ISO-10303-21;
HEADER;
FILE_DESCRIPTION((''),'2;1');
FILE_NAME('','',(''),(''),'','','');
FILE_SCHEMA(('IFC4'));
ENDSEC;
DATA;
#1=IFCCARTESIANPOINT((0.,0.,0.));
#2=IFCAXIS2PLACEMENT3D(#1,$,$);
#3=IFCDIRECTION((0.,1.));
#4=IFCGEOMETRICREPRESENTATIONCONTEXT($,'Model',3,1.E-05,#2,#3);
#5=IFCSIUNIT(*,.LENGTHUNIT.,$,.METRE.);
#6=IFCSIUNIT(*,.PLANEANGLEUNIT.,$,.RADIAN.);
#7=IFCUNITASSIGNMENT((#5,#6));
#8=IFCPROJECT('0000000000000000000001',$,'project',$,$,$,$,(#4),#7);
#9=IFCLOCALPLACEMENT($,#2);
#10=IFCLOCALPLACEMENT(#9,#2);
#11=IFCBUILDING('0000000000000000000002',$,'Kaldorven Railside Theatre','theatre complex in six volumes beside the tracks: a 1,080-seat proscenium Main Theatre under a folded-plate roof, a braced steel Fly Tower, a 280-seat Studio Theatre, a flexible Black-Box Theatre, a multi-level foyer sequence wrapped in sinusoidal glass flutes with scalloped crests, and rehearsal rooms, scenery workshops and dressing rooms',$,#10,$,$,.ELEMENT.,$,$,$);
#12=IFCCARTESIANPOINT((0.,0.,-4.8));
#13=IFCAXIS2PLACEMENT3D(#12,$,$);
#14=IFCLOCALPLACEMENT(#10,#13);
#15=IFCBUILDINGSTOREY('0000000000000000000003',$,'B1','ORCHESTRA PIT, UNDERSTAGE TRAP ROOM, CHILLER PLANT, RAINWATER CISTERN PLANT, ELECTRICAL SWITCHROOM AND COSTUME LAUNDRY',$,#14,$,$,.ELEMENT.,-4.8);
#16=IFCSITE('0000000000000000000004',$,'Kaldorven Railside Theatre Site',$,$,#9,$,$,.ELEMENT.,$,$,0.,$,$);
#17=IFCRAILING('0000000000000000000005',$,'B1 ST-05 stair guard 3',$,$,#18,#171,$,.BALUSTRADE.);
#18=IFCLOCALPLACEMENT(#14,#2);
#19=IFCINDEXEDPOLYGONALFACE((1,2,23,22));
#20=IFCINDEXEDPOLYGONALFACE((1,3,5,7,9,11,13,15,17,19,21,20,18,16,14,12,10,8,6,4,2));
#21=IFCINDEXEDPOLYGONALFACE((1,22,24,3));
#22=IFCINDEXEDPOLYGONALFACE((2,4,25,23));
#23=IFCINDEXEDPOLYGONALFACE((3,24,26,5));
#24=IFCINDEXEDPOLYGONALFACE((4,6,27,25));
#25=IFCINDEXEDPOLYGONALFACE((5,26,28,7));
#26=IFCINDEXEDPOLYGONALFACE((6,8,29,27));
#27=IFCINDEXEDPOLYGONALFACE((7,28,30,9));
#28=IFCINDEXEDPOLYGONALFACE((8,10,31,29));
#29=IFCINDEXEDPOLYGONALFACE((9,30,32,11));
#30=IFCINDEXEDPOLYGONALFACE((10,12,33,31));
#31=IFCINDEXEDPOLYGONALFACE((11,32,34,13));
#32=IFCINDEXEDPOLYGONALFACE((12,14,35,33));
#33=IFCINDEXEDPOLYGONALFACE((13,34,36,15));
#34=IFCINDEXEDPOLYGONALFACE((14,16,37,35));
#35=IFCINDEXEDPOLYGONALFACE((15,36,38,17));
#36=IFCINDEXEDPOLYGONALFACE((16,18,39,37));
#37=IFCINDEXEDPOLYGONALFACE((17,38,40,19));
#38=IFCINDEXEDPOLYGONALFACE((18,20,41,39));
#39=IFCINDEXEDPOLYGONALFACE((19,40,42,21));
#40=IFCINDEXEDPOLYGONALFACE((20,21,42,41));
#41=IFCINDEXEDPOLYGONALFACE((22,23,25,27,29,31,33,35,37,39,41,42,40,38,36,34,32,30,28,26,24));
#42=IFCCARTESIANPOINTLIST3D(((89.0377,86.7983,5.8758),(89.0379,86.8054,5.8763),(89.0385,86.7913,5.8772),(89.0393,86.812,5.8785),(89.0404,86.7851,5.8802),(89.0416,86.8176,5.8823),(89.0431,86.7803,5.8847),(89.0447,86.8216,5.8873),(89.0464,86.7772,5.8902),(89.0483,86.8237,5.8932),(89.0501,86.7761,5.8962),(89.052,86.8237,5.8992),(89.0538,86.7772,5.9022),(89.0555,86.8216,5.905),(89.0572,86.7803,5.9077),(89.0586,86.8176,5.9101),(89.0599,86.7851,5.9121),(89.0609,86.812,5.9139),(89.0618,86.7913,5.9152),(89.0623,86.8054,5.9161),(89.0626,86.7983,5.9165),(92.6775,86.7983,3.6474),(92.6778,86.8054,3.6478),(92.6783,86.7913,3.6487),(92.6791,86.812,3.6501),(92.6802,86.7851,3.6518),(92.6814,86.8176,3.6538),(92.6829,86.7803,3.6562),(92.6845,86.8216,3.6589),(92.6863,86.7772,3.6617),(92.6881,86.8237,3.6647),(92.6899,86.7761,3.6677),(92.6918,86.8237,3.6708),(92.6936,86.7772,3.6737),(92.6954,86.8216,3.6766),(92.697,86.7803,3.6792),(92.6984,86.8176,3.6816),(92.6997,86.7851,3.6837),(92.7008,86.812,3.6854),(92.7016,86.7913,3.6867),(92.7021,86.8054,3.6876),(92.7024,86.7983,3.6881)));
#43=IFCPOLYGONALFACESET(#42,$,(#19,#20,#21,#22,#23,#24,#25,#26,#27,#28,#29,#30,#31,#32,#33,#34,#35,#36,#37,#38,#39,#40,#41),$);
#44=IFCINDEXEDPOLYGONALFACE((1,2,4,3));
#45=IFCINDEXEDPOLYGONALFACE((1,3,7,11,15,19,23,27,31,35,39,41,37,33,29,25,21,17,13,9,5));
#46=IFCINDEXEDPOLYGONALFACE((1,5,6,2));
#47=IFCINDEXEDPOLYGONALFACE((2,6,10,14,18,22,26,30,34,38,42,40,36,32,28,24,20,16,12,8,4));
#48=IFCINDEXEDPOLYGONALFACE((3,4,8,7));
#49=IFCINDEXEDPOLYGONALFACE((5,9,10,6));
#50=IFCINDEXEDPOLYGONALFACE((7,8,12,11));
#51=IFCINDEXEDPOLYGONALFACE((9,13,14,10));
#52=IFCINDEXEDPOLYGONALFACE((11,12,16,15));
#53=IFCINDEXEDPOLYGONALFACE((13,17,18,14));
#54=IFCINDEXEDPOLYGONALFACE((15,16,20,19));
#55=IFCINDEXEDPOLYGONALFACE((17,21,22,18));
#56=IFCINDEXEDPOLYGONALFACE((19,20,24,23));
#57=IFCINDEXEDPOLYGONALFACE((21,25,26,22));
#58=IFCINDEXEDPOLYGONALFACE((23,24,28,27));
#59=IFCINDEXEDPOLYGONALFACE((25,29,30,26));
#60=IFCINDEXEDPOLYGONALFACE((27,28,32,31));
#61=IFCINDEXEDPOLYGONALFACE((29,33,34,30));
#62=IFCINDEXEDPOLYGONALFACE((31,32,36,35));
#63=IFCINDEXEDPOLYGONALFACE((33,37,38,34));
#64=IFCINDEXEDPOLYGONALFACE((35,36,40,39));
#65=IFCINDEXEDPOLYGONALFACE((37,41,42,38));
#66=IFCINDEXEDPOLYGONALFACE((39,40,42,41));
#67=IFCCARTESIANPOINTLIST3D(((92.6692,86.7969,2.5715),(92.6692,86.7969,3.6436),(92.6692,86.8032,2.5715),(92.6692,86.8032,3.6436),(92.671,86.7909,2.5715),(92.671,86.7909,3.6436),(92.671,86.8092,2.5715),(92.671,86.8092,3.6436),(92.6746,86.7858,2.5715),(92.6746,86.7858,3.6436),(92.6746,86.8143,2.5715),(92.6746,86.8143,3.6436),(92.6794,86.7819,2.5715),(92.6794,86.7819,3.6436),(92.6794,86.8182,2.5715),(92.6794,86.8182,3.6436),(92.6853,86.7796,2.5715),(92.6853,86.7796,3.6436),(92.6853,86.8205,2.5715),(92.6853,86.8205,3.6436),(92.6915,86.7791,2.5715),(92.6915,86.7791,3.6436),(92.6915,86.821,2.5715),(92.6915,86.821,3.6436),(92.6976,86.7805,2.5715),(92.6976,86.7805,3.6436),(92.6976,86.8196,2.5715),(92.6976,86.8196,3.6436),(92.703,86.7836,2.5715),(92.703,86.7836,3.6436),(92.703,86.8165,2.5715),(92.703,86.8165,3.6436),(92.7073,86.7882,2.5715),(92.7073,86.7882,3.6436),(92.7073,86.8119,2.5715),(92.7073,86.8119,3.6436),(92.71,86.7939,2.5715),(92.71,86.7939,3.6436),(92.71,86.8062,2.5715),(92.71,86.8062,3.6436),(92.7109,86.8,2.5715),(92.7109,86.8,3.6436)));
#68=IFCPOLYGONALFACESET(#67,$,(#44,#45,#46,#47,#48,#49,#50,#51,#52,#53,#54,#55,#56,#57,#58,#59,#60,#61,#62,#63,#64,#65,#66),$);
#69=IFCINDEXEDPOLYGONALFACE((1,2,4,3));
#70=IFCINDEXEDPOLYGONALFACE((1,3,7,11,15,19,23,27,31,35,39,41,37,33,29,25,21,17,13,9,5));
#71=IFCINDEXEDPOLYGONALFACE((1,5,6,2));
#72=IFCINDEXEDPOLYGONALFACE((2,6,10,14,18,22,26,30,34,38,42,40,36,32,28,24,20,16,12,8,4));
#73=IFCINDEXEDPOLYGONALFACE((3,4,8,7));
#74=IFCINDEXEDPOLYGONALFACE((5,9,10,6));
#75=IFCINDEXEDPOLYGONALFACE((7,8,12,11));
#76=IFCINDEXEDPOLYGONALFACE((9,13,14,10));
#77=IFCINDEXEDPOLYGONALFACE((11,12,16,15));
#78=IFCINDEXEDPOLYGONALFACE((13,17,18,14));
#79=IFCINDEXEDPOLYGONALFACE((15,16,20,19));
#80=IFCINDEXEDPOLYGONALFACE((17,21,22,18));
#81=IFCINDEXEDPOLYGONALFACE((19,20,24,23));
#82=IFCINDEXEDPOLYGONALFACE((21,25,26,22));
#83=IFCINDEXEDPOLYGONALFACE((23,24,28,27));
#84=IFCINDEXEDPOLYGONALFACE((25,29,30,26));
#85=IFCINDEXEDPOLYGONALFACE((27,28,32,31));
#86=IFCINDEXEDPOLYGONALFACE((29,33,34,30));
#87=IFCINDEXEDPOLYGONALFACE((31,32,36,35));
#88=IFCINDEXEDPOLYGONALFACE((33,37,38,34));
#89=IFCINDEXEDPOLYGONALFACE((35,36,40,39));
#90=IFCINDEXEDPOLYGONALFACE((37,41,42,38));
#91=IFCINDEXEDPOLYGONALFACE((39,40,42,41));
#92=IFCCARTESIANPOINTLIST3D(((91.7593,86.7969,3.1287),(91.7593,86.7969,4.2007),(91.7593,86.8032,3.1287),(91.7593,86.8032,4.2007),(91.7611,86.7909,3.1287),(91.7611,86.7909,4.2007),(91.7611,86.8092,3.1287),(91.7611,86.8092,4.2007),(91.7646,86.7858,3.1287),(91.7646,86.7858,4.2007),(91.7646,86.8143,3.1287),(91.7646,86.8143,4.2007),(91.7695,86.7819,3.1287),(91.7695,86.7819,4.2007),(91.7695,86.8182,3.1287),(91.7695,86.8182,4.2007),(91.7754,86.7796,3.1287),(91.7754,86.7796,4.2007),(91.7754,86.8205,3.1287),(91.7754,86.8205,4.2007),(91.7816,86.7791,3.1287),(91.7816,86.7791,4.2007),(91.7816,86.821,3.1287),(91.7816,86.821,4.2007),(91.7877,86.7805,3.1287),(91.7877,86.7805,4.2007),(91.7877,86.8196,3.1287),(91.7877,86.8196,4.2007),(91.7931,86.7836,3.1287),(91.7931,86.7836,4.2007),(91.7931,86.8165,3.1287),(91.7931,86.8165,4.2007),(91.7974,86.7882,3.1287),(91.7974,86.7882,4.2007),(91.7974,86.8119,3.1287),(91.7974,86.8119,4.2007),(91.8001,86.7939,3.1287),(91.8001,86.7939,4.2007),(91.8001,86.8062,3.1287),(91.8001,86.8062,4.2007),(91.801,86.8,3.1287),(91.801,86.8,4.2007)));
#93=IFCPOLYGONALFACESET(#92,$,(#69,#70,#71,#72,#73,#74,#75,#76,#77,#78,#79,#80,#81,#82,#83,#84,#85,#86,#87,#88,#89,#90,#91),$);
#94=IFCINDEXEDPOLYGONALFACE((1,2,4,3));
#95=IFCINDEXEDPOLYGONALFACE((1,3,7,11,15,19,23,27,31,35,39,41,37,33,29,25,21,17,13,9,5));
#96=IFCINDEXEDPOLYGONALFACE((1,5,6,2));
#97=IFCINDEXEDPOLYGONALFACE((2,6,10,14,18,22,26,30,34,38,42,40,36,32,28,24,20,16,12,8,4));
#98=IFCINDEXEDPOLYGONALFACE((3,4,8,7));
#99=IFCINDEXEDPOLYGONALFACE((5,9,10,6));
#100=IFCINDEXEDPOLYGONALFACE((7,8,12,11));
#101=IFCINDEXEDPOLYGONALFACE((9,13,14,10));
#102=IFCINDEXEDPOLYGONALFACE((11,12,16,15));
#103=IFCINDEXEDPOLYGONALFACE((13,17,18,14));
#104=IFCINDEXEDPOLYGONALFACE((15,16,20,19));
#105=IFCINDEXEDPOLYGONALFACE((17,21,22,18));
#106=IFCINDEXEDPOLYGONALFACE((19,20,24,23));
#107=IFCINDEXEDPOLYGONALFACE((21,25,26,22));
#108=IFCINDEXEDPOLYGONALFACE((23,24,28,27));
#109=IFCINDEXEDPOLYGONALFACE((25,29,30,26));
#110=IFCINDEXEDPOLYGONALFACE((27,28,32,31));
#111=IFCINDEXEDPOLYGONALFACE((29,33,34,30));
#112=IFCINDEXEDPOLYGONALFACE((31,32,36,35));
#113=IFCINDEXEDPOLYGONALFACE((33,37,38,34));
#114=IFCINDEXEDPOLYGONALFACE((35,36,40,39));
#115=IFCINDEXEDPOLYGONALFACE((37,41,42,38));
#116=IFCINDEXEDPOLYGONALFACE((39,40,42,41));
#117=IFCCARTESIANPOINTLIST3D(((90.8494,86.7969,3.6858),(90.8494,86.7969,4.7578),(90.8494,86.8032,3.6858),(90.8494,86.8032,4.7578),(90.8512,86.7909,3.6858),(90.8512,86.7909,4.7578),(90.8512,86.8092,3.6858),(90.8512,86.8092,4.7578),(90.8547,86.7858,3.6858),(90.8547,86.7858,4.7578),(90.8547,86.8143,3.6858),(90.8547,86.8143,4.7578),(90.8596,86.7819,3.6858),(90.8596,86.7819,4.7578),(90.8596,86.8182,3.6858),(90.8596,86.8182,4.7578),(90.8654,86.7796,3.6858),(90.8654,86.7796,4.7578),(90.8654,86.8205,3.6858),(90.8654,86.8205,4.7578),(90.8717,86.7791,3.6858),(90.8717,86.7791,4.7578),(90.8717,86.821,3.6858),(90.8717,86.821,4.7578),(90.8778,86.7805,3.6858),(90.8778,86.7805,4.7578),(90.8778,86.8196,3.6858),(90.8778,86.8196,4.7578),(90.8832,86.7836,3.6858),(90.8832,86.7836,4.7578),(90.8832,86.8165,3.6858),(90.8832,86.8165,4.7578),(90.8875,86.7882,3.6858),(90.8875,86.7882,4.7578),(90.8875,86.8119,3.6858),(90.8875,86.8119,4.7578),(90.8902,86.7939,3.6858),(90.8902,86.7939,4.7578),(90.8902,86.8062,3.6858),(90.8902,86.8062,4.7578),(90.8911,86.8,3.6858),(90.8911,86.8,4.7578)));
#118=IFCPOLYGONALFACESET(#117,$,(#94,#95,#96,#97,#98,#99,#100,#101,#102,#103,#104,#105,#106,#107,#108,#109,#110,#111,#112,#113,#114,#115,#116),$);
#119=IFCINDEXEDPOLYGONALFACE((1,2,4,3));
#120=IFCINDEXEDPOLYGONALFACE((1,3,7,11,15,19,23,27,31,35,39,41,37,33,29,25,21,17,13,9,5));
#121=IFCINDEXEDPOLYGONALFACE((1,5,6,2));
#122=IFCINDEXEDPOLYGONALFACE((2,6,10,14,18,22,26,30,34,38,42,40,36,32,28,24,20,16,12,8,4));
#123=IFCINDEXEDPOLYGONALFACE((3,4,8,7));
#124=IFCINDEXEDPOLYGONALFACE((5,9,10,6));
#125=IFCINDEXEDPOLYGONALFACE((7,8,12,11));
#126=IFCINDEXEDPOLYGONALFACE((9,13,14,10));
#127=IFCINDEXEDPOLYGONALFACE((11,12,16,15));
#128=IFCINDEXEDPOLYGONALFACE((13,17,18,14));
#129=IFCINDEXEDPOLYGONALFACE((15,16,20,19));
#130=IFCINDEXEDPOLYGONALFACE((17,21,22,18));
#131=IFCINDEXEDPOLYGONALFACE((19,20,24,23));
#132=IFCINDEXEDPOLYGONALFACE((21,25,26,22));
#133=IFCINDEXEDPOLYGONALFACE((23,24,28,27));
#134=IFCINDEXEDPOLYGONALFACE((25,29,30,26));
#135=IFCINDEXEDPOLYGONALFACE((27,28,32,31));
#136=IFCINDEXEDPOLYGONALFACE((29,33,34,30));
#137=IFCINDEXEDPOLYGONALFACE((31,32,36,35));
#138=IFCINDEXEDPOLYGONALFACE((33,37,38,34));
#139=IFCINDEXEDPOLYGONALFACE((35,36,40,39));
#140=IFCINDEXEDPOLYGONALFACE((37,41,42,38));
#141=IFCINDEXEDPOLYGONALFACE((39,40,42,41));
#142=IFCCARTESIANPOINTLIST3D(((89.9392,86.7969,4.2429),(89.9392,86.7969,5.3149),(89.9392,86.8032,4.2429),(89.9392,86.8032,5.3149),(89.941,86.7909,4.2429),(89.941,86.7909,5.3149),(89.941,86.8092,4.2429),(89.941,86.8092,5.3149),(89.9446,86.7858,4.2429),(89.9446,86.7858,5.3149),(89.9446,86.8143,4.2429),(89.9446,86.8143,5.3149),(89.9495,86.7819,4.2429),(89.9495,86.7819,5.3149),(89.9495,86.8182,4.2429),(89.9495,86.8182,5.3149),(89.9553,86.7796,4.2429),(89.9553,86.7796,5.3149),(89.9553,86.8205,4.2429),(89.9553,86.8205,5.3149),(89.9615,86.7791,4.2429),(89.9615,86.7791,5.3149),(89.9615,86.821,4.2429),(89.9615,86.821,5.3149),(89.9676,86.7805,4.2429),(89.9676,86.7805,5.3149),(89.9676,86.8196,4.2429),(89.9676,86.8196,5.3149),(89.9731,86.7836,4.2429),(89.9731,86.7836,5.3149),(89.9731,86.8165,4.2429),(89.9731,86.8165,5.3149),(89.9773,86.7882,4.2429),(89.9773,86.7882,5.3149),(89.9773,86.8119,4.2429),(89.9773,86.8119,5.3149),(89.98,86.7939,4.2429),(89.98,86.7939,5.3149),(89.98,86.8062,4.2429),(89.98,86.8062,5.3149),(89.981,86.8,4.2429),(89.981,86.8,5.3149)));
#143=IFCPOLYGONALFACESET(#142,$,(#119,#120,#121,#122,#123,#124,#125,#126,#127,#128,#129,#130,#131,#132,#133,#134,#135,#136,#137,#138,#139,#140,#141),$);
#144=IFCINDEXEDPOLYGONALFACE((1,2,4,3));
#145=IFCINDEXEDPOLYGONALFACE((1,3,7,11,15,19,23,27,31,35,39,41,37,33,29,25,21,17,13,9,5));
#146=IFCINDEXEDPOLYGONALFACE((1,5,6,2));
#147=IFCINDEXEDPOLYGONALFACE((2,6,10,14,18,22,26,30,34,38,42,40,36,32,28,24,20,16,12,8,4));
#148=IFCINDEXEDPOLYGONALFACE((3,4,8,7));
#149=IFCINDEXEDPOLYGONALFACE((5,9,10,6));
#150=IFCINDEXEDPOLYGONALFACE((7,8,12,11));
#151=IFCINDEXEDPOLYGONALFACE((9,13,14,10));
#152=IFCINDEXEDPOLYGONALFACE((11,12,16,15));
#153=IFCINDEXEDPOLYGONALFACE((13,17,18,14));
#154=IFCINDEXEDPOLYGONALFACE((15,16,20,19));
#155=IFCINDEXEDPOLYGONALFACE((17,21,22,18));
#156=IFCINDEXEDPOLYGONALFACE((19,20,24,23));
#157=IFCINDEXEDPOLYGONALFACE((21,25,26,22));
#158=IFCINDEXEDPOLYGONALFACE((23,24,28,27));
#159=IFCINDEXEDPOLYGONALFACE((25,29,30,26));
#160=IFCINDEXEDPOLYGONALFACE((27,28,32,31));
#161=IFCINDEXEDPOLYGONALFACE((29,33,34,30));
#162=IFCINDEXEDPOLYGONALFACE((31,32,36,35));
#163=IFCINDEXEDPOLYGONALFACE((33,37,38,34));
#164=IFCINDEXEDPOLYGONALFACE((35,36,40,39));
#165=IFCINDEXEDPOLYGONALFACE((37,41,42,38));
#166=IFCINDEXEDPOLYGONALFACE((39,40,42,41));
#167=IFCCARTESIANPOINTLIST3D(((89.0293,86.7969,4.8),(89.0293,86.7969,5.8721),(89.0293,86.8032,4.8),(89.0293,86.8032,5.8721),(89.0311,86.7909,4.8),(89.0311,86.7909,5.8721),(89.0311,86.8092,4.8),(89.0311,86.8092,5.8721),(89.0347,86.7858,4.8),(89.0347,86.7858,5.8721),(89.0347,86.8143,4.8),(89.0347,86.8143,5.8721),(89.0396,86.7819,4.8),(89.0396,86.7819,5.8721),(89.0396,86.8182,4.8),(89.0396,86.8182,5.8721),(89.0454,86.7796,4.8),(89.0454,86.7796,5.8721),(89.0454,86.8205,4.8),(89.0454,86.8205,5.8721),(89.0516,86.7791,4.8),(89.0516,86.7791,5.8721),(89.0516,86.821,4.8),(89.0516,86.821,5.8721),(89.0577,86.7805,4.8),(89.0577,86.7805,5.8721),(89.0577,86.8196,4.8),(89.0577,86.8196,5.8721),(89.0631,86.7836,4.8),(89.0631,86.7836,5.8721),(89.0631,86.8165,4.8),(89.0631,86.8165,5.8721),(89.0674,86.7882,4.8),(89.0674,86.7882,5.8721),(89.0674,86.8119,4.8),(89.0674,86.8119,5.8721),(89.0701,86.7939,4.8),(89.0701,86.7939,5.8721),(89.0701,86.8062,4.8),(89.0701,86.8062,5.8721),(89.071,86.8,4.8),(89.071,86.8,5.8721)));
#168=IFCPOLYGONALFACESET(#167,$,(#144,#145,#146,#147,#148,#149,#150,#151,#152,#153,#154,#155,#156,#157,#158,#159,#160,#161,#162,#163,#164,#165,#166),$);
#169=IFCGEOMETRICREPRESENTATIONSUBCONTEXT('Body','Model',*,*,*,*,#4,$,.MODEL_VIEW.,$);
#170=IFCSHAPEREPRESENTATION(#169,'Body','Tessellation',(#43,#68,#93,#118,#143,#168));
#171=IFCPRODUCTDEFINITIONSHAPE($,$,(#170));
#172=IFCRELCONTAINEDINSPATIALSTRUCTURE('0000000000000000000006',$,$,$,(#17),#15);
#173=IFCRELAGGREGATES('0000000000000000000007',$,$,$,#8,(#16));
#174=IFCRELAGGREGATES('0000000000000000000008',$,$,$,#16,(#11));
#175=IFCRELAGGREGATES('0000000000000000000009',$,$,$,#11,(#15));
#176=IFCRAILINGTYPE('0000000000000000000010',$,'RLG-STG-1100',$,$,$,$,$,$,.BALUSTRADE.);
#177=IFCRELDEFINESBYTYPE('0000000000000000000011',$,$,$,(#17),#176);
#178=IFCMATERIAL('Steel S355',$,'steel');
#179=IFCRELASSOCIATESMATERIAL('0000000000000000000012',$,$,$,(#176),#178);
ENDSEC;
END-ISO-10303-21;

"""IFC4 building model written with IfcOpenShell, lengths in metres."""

from ifc_helpers import new_model, si_unit, direction, frame, origin, origin_2d, place, context, subcontext, project, spatial, circle, extrude, material, type_object, element, save


model = new_model("IFC4")

# Units and contexts
model_context = context("Model", 3, precision=1e-05, world=origin(), true_north=direction((0.0, 1.0)))
body_context = subcontext(model_context, "Body", "Model", "MODEL_VIEW")
ifc_project = project(units=[si_unit("LENGTHUNIT", "METRE"), si_unit("PLANEANGLEUNIT", "RADIAN")], contexts=[model_context])

# Site, building, storey
site_placement = place(None, origin())
site = spatial("IfcSite", under=ifc_project, at=site_placement, Name="Kaldorven Railside Theatre Site", CompositionType="ELEMENT", RefElevation=0.0)
building_placement = place(site_placement, origin())
building = spatial("IfcBuilding", under=site, at=building_placement, Name="Kaldorven Railside Theatre", Description="theatre complex in six volumes beside the tracks: a 1,080-seat proscenium Main Theatre under a folded-plate roof, a braced steel Fly Tower, a 280-seat Studio Theatre, a flexible Black-Box Theatre, a multi-level foyer sequence wrapped in sinusoidal glass flutes with scalloped crests, and rehearsal rooms, scenery workshops and dressing rooms", CompositionType="ELEMENT")
storey_placement = place(building_placement, frame((0.0, 0.0, -4.8)))
storey = spatial("IfcBuildingStorey", under=building, at=storey_placement, Name="B1", Description="ORCHESTRA PIT, UNDERSTAGE TRAP ROOM, CHILLER PLANT, RAINWATER CISTERN PLANT, ELECTRICAL SWITCHROOM AND COSTUME LAUNDRY", CompositionType="ELEMENT", Elevation=-4.8)

# Railing
ifc_material_1 = material(Name="Steel S355", Category="steel")
railing_type_1 = type_object("IfcRailingType", Name="RLG-STG-1100", PredefinedType="BALUSTRADE", material=ifc_material_1)
railing_1_placement = place(storey_placement, frame((92.6899, 86.8, 2.5715)))
element("IfcRailing", 1, at=railing_1_placement, inside=storey, type_object=railing_type_1, Name="B1 ST-05 stair guard 3", PredefinedType="BALUSTRADE", context=body_context, shape_type="SweptSolid", body=[
    extrude(circle(Radius=0.0239, at=origin_2d()), frame((0.0, 0.0, 1.0962), z_axis=(-0.85285, 0.0, 0.522156), x_axis=(0.0, -1.0, 0.0)), (0.0, 0.0, 1.0), 4.2678),
    extrude(circle(Radius=0.021, at=origin_2d()), origin(), (0.0, 0.0, 1.0), 1.072),
    extrude(circle(Radius=0.021, at=origin_2d()), frame((-0.9099, 0.0, 0.5571)), (0.0, 0.0, 1.0), 1.072),
    extrude(circle(Radius=0.021, at=origin_2d()), frame((-1.8198, 0.0, 1.1143)), (0.0, 0.0, 1.0), 1.072),
    extrude(circle(Radius=0.021, at=origin_2d()), frame((-2.73, 0.0, 1.6714)), (0.0, 0.0, 1.0), 1.072),
    extrude(circle(Radius=0.021, at=origin_2d()), frame((-3.6399, 0.0, 2.2285)), (0.0, 0.0, 1.0), 1.072),
])

save(model, "model.ifc")
